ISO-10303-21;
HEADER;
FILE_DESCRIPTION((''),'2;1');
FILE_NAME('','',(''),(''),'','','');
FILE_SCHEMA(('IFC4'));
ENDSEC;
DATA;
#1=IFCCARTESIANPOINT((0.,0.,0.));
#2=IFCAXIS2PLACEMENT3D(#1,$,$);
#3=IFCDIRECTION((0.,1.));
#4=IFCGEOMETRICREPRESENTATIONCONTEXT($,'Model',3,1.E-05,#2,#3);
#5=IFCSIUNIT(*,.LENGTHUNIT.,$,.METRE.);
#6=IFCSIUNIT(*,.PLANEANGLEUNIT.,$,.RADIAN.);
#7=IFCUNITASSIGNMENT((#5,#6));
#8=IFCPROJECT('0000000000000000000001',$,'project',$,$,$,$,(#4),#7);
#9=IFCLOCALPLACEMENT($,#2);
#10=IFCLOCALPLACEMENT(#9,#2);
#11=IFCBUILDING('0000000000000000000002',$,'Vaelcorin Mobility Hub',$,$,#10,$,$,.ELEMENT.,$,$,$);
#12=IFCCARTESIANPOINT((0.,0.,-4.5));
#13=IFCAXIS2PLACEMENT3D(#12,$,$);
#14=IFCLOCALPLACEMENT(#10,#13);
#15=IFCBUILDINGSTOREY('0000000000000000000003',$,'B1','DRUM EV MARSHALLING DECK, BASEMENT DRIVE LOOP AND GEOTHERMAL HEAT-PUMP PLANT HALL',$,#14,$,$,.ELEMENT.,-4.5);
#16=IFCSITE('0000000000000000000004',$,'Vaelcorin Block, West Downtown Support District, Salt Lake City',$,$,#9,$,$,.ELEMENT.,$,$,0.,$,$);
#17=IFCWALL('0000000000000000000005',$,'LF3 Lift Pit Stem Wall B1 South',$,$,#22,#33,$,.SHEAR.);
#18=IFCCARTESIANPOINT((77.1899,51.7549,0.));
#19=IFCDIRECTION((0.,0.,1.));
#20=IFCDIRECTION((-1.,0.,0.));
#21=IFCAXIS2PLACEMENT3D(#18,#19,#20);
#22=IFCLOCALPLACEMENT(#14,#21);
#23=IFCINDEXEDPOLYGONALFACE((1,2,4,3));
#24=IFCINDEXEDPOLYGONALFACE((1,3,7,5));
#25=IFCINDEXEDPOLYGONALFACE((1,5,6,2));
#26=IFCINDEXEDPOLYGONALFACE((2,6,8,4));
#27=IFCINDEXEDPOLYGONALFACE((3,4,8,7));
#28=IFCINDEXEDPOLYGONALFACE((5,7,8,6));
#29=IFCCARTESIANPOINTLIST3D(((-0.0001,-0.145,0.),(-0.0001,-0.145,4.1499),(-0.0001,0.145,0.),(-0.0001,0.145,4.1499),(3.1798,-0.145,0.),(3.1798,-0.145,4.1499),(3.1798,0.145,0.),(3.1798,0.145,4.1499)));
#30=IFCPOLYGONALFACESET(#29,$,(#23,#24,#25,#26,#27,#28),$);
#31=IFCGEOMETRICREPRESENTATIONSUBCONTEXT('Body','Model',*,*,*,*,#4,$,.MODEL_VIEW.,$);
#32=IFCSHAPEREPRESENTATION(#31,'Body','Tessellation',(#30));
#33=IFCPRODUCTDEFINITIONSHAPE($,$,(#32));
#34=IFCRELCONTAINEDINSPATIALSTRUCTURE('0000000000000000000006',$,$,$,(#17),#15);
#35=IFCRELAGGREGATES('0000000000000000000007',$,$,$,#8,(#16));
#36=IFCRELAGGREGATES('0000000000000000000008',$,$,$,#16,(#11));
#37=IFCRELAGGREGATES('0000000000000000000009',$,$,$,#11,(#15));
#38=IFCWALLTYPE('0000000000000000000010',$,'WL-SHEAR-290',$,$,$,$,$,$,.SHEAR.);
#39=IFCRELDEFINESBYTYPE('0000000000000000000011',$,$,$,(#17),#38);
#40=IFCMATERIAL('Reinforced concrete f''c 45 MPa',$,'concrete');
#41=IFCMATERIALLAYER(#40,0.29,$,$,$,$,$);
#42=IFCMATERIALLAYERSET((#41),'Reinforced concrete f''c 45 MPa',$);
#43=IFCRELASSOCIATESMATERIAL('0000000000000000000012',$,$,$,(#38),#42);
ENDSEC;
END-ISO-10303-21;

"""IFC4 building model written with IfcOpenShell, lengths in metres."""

from ifc_helpers import new_model, si_unit, direction, frame, frame_2d, origin, place, context, subcontext, project, spatial, rectangle, extrude, material, layer, layer_set, type_object, element, save


model = new_model("IFC4")

# Units and contexts
model_context = context("Model", 3, precision=1e-05, world=origin(), true_north=direction((0.0, 1.0)))
body_context = subcontext(model_context, "Body", "Model", "MODEL_VIEW")
ifc_project = project(units=[si_unit("LENGTHUNIT", "METRE"), si_unit("PLANEANGLEUNIT", "RADIAN")], contexts=[model_context])

# Site, building, storey
site_placement = place(None, origin())
site = spatial("IfcSite", under=ifc_project, at=site_placement, Name="Vaelcorin Block, West Downtown Support District, Salt Lake City", CompositionType="ELEMENT", RefElevation=0.0)
building_placement = place(site_placement, origin())
building = spatial("IfcBuilding", under=site, at=building_placement, Name="Vaelcorin Mobility Hub", CompositionType="ELEMENT")
storey_placement = place(building_placement, frame((0.0, 0.0, -4.5)))
storey = spatial("IfcBuildingStorey", under=building, at=storey_placement, Name="B1", Description="DRUM EV MARSHALLING DECK, BASEMENT DRIVE LOOP AND GEOTHERMAL HEAT-PUMP PLANT HALL", CompositionType="ELEMENT", Elevation=-4.5)

# Wall
ifc_material_1 = material(Name="Reinforced concrete f'c 45 MPa", Category="concrete")
ifc_layer_1 = layer(ifc_material_1, 0.29)
ifc_layer_set_1 = layer_set([ifc_layer_1], Name="Reinforced concrete f'c 45 MPa")
wall_type_1 = type_object("IfcWallType", Name="WL-SHEAR-290", PredefinedType="SHEAR", material=ifc_layer_set_1)
for number, where, z_axis, x_axis, name in (
    (1, (77.1899, 51.7549, 0.0), (0.0, 0.0, 1.0), (-1.0, 0.0, 0.0), "LF3 Lift Pit Stem Wall B1 South"),
):
    element("IfcWall", number, at=place(storey_placement, frame(where, z_axis=z_axis, x_axis=x_axis)), inside=storey, type_object=wall_type_1, Name=name, PredefinedType="SHEAR", context=body_context, shape_type="SweptSolid", body=[
        extrude(rectangle(XDim=3.1799, YDim=0.29, at=frame_2d((1.5898, 0.0))), origin(), (0.0, 0.0, 1.0), 4.1499),
    ])

save(model, "model.ifc")
